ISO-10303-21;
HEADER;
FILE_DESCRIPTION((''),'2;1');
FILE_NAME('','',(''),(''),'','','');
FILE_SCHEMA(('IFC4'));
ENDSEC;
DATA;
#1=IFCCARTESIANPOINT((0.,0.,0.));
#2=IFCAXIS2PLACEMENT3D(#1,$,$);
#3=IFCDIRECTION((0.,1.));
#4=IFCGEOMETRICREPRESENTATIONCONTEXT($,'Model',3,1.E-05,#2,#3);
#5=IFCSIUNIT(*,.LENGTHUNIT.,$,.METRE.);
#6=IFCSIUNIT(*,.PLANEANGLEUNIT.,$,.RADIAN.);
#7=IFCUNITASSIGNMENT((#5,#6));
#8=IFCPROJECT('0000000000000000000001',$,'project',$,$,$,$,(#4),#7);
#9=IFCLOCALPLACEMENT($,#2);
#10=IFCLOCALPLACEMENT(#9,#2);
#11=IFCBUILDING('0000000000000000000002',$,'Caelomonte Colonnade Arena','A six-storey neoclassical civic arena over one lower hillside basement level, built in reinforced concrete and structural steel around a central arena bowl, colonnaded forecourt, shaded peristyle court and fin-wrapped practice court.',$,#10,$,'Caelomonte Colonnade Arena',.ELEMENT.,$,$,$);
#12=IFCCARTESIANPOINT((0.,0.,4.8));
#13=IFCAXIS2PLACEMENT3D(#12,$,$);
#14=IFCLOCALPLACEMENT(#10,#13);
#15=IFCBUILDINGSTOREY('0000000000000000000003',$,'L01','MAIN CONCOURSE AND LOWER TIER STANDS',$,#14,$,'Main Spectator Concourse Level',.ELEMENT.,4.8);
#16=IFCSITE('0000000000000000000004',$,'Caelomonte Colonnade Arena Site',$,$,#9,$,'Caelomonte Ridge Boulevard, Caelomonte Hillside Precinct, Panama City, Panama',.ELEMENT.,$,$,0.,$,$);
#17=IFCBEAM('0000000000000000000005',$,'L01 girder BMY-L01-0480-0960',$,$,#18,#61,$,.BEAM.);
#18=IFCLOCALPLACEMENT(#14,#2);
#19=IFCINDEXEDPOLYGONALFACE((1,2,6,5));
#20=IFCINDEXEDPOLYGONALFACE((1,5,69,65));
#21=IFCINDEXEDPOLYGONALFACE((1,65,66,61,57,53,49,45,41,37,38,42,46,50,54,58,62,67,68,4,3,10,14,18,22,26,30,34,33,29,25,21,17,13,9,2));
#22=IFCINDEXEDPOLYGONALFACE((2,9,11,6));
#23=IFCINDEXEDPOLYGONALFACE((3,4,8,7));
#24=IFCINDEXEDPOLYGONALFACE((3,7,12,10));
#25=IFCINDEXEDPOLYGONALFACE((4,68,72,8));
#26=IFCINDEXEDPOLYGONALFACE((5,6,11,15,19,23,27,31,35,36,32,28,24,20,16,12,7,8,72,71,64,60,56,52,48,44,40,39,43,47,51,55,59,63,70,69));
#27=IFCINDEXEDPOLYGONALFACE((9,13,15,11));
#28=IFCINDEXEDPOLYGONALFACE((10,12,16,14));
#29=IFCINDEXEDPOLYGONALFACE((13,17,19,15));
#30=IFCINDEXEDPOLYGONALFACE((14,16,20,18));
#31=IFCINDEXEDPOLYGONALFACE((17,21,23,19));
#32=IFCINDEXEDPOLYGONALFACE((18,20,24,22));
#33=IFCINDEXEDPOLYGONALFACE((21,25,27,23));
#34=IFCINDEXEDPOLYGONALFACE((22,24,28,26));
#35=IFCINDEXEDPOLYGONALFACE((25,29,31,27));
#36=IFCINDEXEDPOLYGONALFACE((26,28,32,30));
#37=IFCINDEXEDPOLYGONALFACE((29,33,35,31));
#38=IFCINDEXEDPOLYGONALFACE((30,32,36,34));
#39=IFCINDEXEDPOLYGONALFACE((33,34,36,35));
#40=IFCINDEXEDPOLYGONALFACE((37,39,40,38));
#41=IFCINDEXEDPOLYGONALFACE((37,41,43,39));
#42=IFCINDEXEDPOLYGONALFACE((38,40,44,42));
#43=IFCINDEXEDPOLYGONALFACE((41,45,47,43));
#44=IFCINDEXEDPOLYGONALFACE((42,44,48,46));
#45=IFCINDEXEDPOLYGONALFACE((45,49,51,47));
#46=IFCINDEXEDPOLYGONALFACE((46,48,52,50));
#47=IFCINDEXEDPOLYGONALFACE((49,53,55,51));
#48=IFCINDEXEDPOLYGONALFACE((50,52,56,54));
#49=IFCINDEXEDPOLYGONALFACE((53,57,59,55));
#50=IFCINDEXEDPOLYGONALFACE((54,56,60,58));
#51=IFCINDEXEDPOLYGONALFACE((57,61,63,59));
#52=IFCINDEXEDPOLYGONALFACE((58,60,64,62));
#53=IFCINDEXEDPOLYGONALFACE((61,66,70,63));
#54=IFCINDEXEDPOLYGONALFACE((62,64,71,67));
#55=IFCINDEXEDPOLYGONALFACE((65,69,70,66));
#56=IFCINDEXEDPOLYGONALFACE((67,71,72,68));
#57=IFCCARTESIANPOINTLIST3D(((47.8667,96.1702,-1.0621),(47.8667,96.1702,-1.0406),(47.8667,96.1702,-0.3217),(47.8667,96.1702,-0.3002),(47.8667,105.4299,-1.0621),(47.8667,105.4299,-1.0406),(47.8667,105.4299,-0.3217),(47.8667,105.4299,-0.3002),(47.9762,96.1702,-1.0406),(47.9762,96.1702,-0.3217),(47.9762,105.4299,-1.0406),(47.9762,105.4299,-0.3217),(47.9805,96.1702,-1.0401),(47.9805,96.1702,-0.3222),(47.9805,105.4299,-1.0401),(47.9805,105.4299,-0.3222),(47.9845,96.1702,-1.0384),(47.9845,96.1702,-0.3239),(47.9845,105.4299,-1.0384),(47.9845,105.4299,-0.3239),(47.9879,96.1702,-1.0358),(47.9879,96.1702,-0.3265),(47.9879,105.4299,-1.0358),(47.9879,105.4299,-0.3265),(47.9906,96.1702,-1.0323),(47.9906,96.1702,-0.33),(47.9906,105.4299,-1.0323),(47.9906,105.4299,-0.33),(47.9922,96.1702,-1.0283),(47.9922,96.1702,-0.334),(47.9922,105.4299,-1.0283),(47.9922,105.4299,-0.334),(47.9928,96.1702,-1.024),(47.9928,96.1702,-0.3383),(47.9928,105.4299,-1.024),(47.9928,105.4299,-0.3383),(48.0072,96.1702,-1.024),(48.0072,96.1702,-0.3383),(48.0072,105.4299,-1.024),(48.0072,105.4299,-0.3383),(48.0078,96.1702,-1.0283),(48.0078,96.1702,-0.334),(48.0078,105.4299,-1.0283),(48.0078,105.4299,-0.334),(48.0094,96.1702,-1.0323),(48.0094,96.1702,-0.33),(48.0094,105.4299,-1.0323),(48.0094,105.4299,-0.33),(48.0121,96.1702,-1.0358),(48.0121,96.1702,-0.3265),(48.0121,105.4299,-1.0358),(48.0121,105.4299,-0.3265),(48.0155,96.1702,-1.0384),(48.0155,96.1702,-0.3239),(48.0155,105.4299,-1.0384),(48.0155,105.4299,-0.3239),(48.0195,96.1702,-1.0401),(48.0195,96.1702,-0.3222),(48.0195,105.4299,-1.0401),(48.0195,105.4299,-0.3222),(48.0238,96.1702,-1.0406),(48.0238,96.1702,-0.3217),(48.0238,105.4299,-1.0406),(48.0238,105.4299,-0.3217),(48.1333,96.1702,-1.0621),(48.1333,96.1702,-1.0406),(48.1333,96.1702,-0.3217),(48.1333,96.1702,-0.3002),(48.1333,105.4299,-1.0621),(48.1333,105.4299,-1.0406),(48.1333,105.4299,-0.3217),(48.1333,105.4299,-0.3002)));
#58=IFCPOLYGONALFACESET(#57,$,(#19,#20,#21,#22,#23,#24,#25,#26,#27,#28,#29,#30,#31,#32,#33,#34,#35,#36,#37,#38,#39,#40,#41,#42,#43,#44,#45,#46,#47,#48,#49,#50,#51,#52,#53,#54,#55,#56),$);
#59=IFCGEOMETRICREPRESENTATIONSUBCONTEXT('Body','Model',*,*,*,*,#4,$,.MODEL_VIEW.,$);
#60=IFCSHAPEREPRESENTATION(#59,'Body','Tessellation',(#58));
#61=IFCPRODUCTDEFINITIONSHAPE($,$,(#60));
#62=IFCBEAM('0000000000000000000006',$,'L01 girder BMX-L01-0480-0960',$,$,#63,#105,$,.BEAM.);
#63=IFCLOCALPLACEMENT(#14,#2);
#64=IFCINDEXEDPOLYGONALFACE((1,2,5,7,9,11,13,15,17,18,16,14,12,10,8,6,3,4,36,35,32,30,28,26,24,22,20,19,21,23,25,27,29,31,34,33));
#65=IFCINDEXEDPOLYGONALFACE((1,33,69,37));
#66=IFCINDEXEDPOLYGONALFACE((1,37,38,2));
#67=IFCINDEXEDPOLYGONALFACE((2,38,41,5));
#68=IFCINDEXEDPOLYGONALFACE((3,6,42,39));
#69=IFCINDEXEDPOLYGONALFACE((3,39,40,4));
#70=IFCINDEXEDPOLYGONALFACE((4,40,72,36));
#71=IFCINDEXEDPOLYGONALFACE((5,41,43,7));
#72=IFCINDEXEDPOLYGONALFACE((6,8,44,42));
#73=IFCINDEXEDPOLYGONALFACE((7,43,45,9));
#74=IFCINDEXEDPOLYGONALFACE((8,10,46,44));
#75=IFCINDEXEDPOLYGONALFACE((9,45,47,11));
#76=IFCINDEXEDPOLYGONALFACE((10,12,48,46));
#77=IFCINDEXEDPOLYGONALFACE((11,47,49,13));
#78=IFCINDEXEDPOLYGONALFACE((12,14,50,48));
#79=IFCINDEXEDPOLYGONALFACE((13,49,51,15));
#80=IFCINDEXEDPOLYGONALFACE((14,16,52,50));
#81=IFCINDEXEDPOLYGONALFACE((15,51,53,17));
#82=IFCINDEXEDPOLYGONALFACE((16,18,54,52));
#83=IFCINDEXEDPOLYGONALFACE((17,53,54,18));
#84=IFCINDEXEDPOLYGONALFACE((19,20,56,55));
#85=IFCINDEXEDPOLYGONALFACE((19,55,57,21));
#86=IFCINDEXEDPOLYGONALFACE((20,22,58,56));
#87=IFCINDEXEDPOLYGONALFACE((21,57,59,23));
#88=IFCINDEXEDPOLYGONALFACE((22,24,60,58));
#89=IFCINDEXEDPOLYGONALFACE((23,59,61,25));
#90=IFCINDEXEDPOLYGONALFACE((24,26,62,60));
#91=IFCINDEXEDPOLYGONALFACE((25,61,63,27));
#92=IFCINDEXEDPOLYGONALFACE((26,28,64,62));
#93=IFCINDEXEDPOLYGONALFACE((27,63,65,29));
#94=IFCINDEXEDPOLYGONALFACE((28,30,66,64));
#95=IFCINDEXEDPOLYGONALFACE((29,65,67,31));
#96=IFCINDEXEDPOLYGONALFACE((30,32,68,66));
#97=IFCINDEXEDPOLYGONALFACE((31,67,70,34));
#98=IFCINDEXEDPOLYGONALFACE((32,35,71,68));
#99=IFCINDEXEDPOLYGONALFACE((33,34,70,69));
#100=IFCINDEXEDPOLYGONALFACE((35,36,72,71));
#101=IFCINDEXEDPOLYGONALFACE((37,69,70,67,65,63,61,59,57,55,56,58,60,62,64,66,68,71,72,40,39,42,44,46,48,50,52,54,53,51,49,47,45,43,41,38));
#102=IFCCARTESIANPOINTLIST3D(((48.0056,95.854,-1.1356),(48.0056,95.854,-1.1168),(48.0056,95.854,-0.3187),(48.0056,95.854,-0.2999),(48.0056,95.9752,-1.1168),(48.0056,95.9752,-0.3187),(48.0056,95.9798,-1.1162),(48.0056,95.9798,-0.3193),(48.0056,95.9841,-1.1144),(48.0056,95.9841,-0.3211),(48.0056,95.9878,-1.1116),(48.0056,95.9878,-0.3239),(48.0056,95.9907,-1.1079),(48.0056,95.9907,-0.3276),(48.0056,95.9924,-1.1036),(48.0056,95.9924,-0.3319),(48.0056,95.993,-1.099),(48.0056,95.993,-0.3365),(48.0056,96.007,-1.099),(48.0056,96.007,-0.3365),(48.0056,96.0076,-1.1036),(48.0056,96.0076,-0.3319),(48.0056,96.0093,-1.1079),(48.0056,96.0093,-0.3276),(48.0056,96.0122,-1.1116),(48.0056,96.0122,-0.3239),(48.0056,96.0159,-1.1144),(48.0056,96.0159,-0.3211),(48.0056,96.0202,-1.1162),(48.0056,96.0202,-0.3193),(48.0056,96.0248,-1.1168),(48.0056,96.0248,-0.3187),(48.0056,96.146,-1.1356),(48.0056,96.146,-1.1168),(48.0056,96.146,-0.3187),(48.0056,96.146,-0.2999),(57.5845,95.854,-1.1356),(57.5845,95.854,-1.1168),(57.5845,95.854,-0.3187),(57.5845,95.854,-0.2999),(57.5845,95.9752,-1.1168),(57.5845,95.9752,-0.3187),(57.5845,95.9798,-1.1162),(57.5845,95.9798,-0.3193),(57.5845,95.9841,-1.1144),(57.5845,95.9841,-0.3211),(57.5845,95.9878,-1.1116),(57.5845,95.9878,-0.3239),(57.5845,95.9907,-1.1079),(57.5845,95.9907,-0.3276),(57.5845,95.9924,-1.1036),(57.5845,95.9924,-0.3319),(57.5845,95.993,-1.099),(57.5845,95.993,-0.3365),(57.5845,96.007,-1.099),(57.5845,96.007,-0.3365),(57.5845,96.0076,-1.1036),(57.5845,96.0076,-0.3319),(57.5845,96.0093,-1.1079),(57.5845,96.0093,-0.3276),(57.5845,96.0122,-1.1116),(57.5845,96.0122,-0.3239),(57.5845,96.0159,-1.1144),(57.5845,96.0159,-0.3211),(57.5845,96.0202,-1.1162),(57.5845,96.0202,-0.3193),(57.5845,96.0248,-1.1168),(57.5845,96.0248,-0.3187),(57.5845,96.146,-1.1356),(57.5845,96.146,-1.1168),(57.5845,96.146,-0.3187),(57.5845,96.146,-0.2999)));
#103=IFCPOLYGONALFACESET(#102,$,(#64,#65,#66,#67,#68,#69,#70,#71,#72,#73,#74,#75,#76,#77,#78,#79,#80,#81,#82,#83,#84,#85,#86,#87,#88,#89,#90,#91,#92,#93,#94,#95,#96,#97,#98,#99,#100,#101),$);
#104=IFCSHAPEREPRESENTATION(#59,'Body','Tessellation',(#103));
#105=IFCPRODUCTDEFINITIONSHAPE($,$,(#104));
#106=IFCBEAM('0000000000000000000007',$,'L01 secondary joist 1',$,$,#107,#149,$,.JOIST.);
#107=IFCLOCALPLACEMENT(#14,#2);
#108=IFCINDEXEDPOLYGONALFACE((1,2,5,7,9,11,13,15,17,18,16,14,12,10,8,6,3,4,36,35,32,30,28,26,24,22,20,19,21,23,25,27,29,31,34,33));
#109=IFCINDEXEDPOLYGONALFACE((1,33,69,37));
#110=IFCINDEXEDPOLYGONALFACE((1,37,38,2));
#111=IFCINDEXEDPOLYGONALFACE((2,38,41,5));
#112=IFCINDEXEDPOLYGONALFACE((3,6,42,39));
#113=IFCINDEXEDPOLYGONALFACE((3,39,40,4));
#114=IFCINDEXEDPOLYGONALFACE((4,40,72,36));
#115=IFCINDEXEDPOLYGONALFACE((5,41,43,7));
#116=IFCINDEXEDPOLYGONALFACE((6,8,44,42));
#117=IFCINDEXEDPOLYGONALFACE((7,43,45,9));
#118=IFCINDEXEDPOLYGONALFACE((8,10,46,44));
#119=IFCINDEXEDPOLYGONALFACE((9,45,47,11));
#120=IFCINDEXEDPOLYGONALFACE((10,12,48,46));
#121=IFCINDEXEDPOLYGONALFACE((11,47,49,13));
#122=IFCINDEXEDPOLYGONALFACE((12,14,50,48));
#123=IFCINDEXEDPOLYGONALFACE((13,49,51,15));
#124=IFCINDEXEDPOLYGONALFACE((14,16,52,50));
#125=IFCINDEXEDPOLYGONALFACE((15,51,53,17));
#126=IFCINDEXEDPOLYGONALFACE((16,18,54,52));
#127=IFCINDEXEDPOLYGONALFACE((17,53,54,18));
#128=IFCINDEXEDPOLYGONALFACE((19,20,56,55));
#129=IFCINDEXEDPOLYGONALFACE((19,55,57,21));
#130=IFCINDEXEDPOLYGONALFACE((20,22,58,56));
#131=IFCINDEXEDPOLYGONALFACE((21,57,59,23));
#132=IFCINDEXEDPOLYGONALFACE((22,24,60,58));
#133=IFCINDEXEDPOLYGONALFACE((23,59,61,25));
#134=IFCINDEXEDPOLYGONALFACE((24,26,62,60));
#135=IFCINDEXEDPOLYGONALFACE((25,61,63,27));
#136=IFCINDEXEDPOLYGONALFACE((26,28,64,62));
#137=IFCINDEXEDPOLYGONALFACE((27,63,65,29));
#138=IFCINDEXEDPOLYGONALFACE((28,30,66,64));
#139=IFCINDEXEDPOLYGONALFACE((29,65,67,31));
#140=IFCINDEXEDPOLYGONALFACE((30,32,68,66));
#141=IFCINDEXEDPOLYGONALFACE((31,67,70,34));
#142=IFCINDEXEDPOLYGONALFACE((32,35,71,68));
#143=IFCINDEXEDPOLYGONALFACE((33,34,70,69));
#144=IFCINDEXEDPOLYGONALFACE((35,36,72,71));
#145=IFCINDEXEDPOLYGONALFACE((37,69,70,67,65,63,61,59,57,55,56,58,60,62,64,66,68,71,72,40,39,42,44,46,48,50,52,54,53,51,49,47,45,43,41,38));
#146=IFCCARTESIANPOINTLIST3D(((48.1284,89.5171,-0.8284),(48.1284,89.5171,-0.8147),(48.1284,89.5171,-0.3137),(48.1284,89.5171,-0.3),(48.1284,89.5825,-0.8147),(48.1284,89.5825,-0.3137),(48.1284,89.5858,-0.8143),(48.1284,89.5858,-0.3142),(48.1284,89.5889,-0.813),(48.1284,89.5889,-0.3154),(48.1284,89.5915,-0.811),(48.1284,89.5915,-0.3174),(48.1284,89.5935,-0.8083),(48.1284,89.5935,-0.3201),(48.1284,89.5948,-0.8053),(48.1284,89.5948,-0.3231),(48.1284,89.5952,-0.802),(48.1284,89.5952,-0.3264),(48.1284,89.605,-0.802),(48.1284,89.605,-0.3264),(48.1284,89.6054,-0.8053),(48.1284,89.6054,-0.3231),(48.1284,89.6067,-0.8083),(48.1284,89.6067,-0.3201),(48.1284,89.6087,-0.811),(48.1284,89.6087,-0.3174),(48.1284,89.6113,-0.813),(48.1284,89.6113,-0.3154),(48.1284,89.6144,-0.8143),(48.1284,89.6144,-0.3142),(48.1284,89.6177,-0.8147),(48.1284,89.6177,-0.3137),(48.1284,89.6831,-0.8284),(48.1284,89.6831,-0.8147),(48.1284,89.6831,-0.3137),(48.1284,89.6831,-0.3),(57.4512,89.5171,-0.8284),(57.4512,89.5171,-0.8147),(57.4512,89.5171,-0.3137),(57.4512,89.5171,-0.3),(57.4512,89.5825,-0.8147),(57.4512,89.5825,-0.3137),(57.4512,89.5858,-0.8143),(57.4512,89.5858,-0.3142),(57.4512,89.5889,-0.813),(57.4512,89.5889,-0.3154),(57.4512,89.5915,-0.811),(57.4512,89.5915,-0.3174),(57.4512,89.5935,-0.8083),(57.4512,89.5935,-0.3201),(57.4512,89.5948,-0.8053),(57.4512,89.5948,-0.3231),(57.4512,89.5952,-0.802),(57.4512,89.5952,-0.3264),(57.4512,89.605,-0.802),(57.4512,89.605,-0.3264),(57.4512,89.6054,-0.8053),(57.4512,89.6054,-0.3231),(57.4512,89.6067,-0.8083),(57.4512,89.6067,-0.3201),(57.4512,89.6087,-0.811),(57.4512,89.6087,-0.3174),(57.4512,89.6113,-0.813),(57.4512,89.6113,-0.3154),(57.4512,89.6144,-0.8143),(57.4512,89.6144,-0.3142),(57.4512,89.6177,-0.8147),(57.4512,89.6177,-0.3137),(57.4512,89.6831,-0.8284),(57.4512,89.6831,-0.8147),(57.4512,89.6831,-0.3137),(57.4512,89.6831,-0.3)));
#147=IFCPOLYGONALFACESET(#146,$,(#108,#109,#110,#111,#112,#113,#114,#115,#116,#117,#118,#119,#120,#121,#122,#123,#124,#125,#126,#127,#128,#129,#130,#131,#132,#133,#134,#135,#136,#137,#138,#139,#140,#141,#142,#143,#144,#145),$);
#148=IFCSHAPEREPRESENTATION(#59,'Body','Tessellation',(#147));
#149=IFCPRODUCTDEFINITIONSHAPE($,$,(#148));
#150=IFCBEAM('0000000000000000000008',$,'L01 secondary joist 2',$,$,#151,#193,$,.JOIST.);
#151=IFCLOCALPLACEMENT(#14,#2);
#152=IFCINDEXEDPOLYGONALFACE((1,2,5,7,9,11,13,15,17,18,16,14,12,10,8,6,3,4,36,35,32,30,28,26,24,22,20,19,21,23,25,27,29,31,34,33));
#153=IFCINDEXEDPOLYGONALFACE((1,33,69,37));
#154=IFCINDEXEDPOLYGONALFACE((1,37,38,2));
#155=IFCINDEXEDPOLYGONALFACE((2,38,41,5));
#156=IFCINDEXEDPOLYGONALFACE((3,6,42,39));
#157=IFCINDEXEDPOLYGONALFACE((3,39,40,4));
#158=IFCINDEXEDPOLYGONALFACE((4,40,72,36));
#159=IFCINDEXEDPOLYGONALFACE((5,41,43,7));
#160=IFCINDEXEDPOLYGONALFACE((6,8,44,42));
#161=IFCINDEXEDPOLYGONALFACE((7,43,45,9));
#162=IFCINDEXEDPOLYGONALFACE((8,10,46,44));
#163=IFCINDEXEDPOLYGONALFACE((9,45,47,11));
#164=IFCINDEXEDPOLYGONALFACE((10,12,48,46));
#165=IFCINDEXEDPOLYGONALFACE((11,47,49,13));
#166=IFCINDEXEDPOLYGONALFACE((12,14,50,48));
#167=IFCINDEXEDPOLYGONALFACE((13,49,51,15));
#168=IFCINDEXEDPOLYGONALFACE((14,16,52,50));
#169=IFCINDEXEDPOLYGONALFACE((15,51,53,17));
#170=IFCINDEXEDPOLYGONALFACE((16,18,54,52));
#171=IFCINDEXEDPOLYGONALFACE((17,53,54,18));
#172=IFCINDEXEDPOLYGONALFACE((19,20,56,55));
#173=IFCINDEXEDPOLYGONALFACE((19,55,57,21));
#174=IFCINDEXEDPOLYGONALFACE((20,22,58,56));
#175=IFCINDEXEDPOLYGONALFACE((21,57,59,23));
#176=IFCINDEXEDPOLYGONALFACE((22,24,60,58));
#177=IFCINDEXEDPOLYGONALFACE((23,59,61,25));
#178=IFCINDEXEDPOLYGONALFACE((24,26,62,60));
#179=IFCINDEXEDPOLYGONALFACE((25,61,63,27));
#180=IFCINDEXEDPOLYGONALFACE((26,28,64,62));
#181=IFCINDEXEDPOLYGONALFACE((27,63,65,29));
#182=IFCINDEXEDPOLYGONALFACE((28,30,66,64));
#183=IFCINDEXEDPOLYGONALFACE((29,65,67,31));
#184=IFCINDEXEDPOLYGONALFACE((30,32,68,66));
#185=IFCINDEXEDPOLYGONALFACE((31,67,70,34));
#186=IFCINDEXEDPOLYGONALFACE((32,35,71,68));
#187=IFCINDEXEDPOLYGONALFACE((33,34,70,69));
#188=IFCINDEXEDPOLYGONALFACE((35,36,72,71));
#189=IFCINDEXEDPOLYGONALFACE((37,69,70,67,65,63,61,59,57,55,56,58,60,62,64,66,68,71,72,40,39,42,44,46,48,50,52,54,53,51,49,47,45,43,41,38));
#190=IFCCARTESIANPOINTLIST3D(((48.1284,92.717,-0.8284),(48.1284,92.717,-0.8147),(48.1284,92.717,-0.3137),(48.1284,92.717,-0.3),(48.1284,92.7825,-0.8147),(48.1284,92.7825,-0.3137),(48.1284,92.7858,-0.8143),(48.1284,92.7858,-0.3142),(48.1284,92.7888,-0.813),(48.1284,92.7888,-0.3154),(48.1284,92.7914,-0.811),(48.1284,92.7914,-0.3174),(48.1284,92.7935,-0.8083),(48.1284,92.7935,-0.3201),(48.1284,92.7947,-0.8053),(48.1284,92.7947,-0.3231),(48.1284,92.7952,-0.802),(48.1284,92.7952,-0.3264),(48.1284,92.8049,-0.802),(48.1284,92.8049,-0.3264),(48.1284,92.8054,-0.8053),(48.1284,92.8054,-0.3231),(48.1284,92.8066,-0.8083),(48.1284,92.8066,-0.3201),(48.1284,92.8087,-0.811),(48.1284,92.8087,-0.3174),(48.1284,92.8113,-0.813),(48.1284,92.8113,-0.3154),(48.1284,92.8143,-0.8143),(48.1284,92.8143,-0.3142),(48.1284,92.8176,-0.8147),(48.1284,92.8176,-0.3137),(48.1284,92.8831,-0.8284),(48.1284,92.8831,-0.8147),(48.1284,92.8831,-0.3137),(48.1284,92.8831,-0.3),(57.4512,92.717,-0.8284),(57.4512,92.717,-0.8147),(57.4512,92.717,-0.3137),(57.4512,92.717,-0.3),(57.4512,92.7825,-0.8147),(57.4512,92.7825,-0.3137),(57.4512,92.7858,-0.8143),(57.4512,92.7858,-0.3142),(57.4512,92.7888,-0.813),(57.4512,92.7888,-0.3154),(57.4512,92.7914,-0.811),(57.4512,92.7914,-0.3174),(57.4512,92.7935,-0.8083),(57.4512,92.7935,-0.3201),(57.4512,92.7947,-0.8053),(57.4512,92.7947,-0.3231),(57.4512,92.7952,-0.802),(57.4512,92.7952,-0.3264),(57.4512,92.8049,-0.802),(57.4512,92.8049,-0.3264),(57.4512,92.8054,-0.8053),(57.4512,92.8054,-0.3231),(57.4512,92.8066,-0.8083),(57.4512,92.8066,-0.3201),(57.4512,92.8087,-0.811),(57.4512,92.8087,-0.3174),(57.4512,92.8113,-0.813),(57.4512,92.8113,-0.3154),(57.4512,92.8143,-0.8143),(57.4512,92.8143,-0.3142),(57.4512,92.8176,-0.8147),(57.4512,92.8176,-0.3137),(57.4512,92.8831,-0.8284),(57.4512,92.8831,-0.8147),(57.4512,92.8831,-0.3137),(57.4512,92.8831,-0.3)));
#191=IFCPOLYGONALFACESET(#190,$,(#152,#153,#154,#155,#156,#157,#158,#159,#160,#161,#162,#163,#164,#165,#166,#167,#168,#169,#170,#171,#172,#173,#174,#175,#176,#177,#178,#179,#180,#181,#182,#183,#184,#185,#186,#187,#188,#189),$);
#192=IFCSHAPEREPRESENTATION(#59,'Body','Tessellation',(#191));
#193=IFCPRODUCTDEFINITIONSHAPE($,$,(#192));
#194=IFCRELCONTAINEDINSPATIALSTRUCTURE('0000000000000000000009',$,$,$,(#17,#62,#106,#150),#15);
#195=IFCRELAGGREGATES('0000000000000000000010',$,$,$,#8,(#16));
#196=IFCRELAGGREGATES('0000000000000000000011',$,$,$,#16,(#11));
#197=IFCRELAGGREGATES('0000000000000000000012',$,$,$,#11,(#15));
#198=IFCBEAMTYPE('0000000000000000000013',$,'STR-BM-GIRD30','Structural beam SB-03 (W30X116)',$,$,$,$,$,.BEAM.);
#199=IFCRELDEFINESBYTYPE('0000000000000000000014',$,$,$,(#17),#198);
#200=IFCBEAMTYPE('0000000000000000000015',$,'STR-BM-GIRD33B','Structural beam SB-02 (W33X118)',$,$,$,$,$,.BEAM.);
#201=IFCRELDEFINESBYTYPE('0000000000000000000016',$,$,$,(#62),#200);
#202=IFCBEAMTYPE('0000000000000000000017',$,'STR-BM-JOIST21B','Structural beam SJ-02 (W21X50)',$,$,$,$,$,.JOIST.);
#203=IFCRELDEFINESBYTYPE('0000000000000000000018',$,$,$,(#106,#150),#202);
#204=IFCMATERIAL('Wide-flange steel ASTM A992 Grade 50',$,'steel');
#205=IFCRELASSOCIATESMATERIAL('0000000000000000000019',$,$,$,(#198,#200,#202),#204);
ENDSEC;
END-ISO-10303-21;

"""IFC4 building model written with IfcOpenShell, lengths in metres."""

from ifc_helpers import new_model, si_unit, direction, frame, origin, origin_2d, place, context, subcontext, project, spatial, i_section, extrude, material, material_profile, profile_set, type_object, element, save


model = new_model("IFC4")

# Units and contexts
model_context = context("Model", 3, precision=1e-05, world=origin(), true_north=direction((0.0, 1.0)))
body_context = subcontext(model_context, "Body", "Model", "MODEL_VIEW")
ifc_project = project(units=[si_unit("LENGTHUNIT", "METRE"), si_unit("PLANEANGLEUNIT", "RADIAN")], contexts=[model_context])

# Site, building, storey
site_placement = place(None, origin())
site = spatial("IfcSite", under=ifc_project, at=site_placement, Name="Caelomonte Colonnade Arena Site", LongName="Caelomonte Ridge Boulevard, Caelomonte Hillside Precinct, Panama City, Panama", CompositionType="ELEMENT", RefElevation=0.0)
building_placement = place(site_placement, origin())
building = spatial("IfcBuilding", under=site, at=building_placement, Name="Caelomonte Colonnade Arena", Description="A six-storey neoclassical civic arena over one lower hillside basement level, built in reinforced concrete and structural steel around a central arena bowl, colonnaded forecourt, shaded peristyle court and fin-wrapped practice court.", LongName="Caelomonte Colonnade Arena", CompositionType="ELEMENT")
storey_placement = place(building_placement, frame((0.0, 0.0, 4.8)))
storey = spatial("IfcBuildingStorey", under=building, at=storey_placement, Name="L01", Description="MAIN CONCOURSE AND LOWER TIER STANDS", LongName="Main Spectator Concourse Level", CompositionType="ELEMENT", Elevation=4.8)

# Beams
ifc_material_1 = material(Name="Wide-flange steel ASTM A992 Grade 50", Category="steel")
ifc_material_profile_1 = material_profile(ifc_material_1, i_section(OverallWidth=0.2666, OverallDepth=0.762, WebThickness=0.0144, FlangeThickness=0.0215, FilletRadius=0.0166, at=origin_2d()), Name="W30X116")
ifc_profile_set_1 = profile_set([ifc_material_profile_1], Name="Wide-flange steel ASTM A992 Grade 50")
beam_type_1 = type_object("IfcBeamType", Name="STR-BM-GIRD30", Description="Structural beam SB-03 (W30X116)", PredefinedType="BEAM", material=ifc_profile_set_1)
beam_1_placement = place(storey_placement, frame((48.0, 96.1702, -0.6812), z_axis=(0.0, 1.0, 0.0), x_axis=(-1.0, 0.0, 0.0)))
element("IfcBeam", 1, at=beam_1_placement, inside=storey, type_object=beam_type_1, Name="L01 girder BMY-L01-0480-0960", PredefinedType="BEAM", context=body_context, shape_type="SweptSolid", body=[
    extrude(i_section(OverallWidth=0.2666, OverallDepth=0.762, WebThickness=0.0144, FlangeThickness=0.0215, FilletRadius=0.0166, at=origin_2d()), origin(), (0.0, 0.0, 1.0), 9.2598),
])
ifc_material_profile_2 = material_profile(ifc_material_1, i_section(OverallWidth=0.292, OverallDepth=0.8357, WebThickness=0.0139, FlangeThickness=0.0188, FilletRadius=0.0178, at=origin_2d()), Name="W33X118")
ifc_profile_set_2 = profile_set([ifc_material_profile_2], Name="Wide-flange steel ASTM A992 Grade 50")
beam_type_2 = type_object("IfcBeamType", Name="STR-BM-GIRD33B", Description="Structural beam SB-02 (W33X118)", PredefinedType="BEAM", material=ifc_profile_set_2)
beam_2_placement = place(storey_placement, frame((48.0056, 96.0, -0.7178), z_axis=(1.0, 0.0, 0.0), x_axis=(0.0, 1.0, 0.0)))
element("IfcBeam", 2, at=beam_2_placement, inside=storey, type_object=beam_type_2, Name="L01 girder BMX-L01-0480-0960", PredefinedType="BEAM", context=body_context, shape_type="SweptSolid", body=[
    extrude(i_section(OverallWidth=0.292, OverallDepth=0.8357, WebThickness=0.0139, FlangeThickness=0.0188, FilletRadius=0.0178, at=origin_2d()), origin(), (0.0, 0.0, 1.0), 9.5789),
])
ifc_material_profile_3 = material_profile(ifc_material_1, i_section(OverallWidth=0.166, OverallDepth=0.5283, WebThickness=0.0098, FlangeThickness=0.0137, FilletRadius=0.0127, at=origin_2d()), Name="W21X50")
ifc_profile_set_3 = profile_set([ifc_material_profile_3], Name="Wide-flange steel ASTM A992 Grade 50")
beam_type_3 = type_object("IfcBeamType", Name="STR-BM-JOIST21B", Description="Structural beam SJ-02 (W21X50)", PredefinedType="JOIST", material=ifc_profile_set_3)
for number, where, z_axis, x_axis, name in (
    (3, (48.1284, 89.6001, -0.5642), (1.0, 0.0, 0.0), (0.0, 1.0, 0.0), "L01 secondary joist 1"),
    (4, (48.1284, 92.8, -0.5642), (1.0, 0.0, 0.0), (0.0, 1.0, 0.0), "L01 secondary joist 2"),
):
    element("IfcBeam", number, at=place(storey_placement, frame(where, z_axis=z_axis, x_axis=x_axis)), inside=storey, type_object=beam_type_3, Name=name, PredefinedType="JOIST", context=body_context, shape_type="SweptSolid", body=[
        extrude(i_section(OverallWidth=0.166, OverallDepth=0.5283, WebThickness=0.0098, FlangeThickness=0.0137, FilletRadius=0.0127, at=origin_2d()), origin(), (0.0, 0.0, 1.0), 9.3228),
    ])

save(model, "model.ifc")
